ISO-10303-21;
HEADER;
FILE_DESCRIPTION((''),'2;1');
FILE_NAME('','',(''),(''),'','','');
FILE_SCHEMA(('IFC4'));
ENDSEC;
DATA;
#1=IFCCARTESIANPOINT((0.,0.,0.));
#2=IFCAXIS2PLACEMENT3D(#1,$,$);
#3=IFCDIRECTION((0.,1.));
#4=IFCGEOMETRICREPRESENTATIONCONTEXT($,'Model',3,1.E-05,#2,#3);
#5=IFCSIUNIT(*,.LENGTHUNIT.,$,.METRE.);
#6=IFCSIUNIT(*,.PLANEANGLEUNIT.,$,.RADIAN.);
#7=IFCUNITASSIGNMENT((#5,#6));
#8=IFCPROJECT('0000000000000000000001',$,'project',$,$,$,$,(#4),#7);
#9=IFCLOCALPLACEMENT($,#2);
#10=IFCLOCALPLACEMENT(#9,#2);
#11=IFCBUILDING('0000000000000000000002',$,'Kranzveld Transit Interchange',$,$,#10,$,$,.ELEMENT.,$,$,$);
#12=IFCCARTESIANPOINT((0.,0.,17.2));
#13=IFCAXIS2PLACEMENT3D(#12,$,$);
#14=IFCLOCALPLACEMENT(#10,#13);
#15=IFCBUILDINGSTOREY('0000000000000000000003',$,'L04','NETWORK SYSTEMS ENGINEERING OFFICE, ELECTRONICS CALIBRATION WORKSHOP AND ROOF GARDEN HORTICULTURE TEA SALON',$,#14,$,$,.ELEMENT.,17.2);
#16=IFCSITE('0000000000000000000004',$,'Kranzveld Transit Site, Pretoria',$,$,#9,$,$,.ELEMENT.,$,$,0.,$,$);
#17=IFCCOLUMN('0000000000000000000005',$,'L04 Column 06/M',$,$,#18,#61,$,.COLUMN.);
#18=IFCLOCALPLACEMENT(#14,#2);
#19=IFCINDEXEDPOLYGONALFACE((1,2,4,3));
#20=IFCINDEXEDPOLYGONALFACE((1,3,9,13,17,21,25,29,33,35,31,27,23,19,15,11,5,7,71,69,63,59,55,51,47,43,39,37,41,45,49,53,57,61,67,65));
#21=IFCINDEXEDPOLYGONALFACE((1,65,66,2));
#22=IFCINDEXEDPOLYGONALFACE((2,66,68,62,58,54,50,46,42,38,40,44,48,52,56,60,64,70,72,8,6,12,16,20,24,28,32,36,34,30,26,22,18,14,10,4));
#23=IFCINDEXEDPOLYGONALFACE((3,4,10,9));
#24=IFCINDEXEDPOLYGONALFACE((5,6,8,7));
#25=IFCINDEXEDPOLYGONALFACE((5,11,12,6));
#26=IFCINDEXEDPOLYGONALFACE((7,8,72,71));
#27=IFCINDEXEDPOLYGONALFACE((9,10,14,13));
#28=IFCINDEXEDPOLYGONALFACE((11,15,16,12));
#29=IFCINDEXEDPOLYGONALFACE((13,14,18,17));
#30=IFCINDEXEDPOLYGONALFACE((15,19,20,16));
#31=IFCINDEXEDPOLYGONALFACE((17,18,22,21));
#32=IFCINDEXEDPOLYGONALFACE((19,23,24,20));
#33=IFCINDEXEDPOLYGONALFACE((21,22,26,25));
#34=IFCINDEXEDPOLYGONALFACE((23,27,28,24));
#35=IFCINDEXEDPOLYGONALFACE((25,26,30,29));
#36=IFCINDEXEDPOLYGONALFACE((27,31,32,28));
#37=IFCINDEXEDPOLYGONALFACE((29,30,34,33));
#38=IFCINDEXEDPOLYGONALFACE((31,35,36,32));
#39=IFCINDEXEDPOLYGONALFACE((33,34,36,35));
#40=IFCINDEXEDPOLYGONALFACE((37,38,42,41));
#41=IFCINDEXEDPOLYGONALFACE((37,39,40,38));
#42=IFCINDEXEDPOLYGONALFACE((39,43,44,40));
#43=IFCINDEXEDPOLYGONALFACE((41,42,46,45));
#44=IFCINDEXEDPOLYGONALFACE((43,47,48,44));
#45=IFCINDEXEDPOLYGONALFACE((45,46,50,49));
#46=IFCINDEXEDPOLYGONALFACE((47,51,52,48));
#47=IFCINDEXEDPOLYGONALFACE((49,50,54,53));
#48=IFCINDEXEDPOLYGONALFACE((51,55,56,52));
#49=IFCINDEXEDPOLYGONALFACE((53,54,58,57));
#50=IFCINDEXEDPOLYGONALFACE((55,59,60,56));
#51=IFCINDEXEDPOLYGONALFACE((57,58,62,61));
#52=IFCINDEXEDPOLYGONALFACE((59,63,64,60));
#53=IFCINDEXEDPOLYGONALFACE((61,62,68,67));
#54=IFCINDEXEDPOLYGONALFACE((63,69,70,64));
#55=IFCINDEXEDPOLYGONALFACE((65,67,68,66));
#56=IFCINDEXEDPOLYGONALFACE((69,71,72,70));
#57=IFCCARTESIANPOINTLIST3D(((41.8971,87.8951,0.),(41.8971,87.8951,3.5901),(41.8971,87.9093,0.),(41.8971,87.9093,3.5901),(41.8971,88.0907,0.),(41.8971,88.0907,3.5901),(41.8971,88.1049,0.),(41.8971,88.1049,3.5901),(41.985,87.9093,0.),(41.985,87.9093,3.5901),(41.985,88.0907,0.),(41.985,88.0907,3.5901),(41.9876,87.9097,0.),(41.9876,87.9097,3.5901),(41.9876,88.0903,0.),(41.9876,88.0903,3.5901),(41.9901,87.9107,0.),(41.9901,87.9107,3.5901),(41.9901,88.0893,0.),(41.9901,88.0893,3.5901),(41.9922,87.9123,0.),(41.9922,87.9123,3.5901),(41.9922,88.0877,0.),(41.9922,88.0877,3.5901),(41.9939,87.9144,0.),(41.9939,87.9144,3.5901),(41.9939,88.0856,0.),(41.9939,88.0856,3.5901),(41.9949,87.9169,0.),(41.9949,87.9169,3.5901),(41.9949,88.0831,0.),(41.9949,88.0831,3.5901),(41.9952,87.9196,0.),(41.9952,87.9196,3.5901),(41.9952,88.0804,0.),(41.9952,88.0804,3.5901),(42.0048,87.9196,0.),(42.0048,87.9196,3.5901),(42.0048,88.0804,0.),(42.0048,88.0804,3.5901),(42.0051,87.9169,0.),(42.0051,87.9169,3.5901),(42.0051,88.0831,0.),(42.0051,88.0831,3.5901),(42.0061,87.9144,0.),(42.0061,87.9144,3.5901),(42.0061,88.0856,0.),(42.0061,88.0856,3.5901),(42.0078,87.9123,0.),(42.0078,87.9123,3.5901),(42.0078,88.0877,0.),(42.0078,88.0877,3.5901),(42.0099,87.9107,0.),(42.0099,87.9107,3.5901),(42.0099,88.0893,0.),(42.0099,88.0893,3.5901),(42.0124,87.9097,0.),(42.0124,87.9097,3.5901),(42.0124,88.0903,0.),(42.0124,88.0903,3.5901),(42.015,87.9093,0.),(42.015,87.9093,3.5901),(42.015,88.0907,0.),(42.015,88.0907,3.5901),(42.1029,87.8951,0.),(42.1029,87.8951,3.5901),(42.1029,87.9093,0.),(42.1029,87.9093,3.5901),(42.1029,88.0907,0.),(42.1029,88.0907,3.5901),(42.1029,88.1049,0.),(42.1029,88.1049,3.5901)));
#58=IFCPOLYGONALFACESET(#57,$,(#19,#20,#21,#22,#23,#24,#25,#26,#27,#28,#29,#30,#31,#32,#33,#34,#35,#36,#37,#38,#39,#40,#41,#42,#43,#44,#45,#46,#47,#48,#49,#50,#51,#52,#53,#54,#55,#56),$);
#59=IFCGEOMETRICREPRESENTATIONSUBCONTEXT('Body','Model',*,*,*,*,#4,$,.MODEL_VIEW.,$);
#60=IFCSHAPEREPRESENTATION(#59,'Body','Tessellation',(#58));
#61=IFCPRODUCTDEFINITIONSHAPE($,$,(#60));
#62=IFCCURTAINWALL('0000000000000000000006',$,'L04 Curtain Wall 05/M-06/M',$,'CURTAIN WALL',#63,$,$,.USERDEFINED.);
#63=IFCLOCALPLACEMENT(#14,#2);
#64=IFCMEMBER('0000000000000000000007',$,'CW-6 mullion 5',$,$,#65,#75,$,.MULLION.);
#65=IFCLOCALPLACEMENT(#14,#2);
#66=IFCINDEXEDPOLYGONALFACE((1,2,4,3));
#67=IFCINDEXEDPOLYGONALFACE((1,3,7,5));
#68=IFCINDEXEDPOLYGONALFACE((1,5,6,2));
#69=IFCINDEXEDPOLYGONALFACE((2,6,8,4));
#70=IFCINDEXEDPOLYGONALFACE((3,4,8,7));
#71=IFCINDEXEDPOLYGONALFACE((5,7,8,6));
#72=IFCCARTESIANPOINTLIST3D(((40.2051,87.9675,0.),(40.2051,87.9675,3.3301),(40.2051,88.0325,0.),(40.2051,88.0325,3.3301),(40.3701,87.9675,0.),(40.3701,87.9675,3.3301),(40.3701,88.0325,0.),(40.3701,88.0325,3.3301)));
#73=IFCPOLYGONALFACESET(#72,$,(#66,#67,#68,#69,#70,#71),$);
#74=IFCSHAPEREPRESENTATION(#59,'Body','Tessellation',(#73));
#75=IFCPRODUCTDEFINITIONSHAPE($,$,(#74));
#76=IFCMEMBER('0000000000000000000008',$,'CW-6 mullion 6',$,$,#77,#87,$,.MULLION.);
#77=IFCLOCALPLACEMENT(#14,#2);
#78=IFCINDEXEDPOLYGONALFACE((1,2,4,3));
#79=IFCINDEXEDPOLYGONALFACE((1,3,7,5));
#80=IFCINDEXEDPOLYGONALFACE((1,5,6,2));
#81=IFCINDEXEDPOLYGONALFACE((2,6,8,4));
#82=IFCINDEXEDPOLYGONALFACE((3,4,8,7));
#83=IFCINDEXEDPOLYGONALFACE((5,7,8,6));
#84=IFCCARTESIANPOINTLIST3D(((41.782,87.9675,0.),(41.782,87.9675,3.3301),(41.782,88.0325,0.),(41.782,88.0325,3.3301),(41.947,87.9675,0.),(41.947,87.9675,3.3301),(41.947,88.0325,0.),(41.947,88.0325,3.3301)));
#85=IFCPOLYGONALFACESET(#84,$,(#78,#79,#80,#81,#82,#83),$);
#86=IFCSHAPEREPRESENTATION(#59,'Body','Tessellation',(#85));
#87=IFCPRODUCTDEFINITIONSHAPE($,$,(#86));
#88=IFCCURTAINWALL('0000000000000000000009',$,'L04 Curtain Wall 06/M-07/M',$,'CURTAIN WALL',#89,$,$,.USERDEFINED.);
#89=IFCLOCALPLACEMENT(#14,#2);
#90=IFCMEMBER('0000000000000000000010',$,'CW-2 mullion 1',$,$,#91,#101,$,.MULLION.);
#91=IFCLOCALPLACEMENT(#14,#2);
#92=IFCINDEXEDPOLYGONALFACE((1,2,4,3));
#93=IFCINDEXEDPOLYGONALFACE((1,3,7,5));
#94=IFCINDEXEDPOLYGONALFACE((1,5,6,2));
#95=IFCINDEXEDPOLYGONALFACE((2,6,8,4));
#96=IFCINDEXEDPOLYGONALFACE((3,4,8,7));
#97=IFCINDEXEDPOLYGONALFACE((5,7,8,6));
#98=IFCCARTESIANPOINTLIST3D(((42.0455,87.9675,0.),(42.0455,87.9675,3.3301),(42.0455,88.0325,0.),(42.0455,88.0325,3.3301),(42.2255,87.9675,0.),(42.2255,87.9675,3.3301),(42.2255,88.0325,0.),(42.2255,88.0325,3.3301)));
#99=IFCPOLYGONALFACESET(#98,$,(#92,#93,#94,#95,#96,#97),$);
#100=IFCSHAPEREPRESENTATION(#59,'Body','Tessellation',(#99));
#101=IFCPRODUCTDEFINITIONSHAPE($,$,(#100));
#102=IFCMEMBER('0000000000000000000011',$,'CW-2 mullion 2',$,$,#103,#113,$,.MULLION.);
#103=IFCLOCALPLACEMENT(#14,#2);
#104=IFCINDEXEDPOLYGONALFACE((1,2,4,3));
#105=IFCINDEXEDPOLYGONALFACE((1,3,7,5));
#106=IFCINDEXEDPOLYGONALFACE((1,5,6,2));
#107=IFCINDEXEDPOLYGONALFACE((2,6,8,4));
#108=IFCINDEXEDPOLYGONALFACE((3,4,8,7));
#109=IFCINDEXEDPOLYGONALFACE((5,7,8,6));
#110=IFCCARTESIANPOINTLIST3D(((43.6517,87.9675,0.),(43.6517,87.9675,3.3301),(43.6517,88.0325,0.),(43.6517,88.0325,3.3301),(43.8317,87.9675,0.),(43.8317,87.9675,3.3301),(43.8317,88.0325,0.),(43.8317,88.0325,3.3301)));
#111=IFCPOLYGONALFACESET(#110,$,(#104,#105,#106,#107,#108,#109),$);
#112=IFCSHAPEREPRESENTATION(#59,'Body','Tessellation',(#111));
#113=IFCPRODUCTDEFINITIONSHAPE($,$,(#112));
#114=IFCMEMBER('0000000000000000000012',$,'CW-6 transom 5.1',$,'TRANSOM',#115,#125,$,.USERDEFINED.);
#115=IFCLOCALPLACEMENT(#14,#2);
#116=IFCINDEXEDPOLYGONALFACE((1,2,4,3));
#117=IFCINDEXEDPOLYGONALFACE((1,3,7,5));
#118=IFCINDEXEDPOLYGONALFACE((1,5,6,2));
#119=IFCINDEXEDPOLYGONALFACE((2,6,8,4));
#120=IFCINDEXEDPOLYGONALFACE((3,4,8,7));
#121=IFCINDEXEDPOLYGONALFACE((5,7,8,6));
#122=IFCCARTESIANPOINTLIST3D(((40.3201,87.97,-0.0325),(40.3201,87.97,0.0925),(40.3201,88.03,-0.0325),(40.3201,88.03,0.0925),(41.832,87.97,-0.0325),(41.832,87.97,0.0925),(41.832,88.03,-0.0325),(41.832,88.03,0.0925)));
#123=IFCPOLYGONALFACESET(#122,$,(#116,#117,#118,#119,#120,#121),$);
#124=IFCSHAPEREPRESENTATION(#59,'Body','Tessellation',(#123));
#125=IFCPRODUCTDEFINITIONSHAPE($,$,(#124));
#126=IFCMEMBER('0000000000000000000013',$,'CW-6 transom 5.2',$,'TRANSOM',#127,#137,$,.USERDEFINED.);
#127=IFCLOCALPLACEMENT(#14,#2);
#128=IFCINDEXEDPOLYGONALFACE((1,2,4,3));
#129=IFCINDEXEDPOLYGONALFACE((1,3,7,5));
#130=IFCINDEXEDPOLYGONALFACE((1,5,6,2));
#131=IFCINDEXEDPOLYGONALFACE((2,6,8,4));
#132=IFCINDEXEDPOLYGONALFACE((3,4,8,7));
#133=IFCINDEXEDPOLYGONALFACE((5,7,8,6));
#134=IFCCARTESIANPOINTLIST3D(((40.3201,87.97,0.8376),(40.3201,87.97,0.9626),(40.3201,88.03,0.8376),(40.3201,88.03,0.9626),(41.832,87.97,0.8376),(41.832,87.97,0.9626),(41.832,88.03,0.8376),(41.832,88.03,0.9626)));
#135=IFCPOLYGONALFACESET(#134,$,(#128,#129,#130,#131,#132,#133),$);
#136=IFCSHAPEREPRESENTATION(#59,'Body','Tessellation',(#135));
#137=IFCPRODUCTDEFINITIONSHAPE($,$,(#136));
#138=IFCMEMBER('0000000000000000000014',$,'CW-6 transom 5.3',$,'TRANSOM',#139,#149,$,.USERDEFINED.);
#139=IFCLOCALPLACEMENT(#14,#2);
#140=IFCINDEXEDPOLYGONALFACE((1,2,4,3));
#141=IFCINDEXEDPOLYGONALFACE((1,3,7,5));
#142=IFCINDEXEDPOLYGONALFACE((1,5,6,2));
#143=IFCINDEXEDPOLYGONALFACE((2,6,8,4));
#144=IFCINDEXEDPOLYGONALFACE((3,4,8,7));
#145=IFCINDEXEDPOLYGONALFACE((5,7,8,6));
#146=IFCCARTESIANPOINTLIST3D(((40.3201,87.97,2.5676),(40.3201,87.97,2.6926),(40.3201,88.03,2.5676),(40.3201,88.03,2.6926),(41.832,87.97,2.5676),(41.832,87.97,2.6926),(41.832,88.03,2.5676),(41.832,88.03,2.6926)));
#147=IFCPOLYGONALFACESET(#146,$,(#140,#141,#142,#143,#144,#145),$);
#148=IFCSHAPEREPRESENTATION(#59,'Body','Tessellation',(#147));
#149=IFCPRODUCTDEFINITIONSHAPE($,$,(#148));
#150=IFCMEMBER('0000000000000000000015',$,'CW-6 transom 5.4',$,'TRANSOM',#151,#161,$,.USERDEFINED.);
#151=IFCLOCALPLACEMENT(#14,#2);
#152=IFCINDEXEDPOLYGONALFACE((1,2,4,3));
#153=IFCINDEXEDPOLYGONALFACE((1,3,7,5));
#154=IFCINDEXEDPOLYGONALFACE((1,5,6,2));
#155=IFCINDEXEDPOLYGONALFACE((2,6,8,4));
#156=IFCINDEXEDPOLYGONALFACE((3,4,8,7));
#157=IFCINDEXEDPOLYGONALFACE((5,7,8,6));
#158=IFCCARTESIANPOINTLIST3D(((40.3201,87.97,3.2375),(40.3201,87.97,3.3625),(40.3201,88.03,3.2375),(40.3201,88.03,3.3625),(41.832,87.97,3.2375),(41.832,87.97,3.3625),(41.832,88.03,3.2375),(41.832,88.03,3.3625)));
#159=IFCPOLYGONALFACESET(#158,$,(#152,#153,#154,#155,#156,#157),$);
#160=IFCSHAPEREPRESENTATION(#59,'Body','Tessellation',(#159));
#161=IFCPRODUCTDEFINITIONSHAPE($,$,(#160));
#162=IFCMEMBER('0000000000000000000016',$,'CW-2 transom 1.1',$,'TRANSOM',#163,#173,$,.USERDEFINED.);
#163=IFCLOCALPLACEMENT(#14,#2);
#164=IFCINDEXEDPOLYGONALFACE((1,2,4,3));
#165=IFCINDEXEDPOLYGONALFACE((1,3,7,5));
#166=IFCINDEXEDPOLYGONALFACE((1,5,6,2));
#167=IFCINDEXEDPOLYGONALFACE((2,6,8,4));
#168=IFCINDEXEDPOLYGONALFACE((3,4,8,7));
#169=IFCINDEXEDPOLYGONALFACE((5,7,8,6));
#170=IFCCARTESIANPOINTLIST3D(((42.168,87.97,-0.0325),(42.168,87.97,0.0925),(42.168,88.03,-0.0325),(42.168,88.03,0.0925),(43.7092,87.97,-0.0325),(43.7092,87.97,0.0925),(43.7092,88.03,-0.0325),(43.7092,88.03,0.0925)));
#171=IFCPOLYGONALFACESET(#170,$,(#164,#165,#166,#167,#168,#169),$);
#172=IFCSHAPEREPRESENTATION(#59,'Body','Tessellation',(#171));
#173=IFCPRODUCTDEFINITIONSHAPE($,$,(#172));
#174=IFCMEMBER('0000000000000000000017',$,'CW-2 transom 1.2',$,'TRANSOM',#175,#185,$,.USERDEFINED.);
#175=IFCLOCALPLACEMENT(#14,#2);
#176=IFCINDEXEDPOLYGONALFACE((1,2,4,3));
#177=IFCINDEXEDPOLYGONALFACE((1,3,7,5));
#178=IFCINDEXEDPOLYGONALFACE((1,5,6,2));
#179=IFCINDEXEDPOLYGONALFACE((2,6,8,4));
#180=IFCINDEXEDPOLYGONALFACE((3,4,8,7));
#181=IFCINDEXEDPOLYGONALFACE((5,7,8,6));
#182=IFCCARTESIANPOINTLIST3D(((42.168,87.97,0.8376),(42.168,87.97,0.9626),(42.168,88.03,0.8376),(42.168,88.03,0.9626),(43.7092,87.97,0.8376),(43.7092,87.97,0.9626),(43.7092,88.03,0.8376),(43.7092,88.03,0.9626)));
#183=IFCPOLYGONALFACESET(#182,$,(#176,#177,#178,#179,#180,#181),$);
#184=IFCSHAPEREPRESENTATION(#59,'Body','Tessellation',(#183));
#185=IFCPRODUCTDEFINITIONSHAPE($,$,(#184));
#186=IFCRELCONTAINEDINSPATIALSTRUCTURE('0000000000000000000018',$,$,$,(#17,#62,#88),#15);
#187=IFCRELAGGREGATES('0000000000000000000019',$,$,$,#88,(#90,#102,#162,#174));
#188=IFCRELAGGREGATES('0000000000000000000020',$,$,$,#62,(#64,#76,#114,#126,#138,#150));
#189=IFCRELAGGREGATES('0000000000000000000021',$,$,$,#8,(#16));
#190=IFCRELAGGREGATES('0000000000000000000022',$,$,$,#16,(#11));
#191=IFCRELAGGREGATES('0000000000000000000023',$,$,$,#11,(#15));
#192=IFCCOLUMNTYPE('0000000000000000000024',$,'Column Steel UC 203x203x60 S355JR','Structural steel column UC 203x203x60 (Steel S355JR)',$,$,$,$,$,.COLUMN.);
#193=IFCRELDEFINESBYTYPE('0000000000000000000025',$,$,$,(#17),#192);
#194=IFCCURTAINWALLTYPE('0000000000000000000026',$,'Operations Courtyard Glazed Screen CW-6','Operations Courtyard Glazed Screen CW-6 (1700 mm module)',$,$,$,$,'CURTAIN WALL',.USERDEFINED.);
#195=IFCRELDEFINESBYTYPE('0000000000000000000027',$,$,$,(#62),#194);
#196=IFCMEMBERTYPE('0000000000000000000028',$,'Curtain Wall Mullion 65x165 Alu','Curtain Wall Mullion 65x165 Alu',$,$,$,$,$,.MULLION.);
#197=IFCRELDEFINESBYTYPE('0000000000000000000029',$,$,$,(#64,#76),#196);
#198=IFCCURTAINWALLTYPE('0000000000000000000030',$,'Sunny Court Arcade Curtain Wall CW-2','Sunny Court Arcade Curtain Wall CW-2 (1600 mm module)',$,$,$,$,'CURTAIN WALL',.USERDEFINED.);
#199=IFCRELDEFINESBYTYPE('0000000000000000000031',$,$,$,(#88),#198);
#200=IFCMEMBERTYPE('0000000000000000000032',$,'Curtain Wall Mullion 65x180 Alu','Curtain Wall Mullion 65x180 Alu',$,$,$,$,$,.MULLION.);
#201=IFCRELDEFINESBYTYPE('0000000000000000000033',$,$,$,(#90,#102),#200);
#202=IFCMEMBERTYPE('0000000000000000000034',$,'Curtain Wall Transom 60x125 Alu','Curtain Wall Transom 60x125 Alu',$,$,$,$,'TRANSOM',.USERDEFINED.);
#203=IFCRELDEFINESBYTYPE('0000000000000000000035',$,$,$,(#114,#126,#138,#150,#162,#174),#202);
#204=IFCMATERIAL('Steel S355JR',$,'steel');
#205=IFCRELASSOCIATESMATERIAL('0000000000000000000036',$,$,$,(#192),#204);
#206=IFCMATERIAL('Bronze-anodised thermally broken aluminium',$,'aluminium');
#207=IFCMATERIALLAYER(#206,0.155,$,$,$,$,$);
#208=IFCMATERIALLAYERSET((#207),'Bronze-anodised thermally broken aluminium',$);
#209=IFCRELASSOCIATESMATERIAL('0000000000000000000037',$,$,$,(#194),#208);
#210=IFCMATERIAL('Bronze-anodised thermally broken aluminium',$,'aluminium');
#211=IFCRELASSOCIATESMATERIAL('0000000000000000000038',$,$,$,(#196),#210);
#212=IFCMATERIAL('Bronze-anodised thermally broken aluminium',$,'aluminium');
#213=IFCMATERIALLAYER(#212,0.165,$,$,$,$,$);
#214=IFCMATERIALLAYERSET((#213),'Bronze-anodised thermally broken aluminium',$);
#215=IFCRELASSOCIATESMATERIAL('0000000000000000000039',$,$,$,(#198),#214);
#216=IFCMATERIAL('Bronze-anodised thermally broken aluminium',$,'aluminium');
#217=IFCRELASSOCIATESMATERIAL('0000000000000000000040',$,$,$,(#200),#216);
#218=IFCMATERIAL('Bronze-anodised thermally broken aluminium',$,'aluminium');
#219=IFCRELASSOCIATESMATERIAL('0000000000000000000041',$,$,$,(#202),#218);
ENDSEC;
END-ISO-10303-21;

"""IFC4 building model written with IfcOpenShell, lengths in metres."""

from ifc_helpers import new_model, si_unit, direction, frame, origin, origin_2d, place, context, subcontext, project, spatial, rectangle, i_section, extrude, material, layer, layer_set, material_profile, profile_set, type_object, element, aggregate, save


model = new_model("IFC4")

# Units and contexts
model_context = context("Model", 3, precision=1e-05, world=origin(), true_north=direction((0.0, 1.0)))
body_context = subcontext(model_context, "Body", "Model", "MODEL_VIEW")
ifc_project = project(units=[si_unit("LENGTHUNIT", "METRE"), si_unit("PLANEANGLEUNIT", "RADIAN")], contexts=[model_context])

# Site, building, storey
site_placement = place(None, origin())
site = spatial("IfcSite", under=ifc_project, at=site_placement, Name="Kranzveld Transit Site, Pretoria", CompositionType="ELEMENT", RefElevation=0.0)
building_placement = place(site_placement, origin())
building = spatial("IfcBuilding", under=site, at=building_placement, Name="Kranzveld Transit Interchange", CompositionType="ELEMENT")
storey_placement = place(building_placement, frame((0.0, 0.0, 17.2)))
storey = spatial("IfcBuildingStorey", under=building, at=storey_placement, Name="L04", Description="NETWORK SYSTEMS ENGINEERING OFFICE, ELECTRONICS CALIBRATION WORKSHOP AND ROOF GARDEN HORTICULTURE TEA SALON", CompositionType="ELEMENT", Elevation=17.2)

# Column
ifc_material_1 = material(Name="Steel S355JR", Category="steel")
ifc_material_profile_1 = material_profile(ifc_material_1, i_section(OverallWidth=0.2058, OverallDepth=0.2097, WebThickness=0.0095, FlangeThickness=0.0142, FilletRadius=0.0103, at=origin_2d()), Name="UC 203x203x60")
ifc_profile_set_1 = profile_set([ifc_material_profile_1], Name="Steel S355JR")
column_type = type_object("IfcColumnType", Name="Column Steel UC 203x203x60 S355JR", Description="Structural steel column UC 203x203x60 (Steel S355JR)", PredefinedType="COLUMN", material=ifc_profile_set_1)
column_placement = place(storey_placement, frame((42.0, 88.0, 0.0), z_axis=(0.0, 0.0, 1.0), x_axis=(1.0, 0.0, 0.0)))
element("IfcColumn", 1, at=column_placement, inside=storey, type_object=column_type, Name="L04 Column 06/M", PredefinedType="COLUMN", context=body_context, shape_type="SweptSolid", body=[
    extrude(i_section(OverallWidth=0.2058, OverallDepth=0.2097, WebThickness=0.0095, FlangeThickness=0.0142, FilletRadius=0.0103, at=origin_2d()), origin(), (0.0, 0.0, 1.0), 3.5901),
])

# Curtain walls, members
ifc_material_2 = material(Name="Bronze-anodised thermally broken aluminium", Category="aluminium")
ifc_layer_1 = layer(ifc_material_2, 0.155)
ifc_layer_set_1 = layer_set([ifc_layer_1], Name="Bronze-anodised thermally broken aluminium")
curtain_wall_type_1 = type_object("IfcCurtainWallType", Name="Operations Courtyard Glazed Screen CW-6", Description="Operations Courtyard Glazed Screen CW-6 (1700 mm module)", ElementType="CURTAIN WALL", PredefinedType="USERDEFINED", material=ifc_layer_set_1)
curtain_wall_1_placement = place(storey_placement, origin())
curtain_wall_1 = element("IfcCurtainWall", 2, at=curtain_wall_1_placement, inside=storey, type_object=curtain_wall_type_1, Name="L04 Curtain Wall 05/M-06/M", ObjectType="CURTAIN WALL", PredefinedType="USERDEFINED")
ifc_material_3 = material(Name="Bronze-anodised thermally broken aluminium", Category="aluminium")
ifc_material_profile_2 = material_profile(ifc_material_3, rectangle(XDim=0.0649, YDim=0.165, at=origin_2d()), Name="ALU MULLION 65x165")
ifc_profile_set_2 = profile_set([ifc_material_profile_2], Name="Bronze-anodised thermally broken aluminium")
member_type_1 = type_object("IfcMemberType", Name="Curtain Wall Mullion 65x165 Alu", Description="Curtain Wall Mullion 65x165 Alu", PredefinedType="MULLION", material=ifc_profile_set_2)
member_1_placement = place(storey_placement, frame((40.2876, 88.0, 0.0), z_axis=(0.0, 0.0, 1.0), x_axis=(0.0, 1.0, 0.0)))
member_1 = element("IfcMember", 3, at=member_1_placement, type_object=member_type_1, Name="CW-6 mullion 5", PredefinedType="MULLION", context=body_context, shape_type="SweptSolid", body=[
    extrude(rectangle(XDim=0.0649, YDim=0.165, at=origin_2d()), origin(), (0.0, 0.0, 1.0), 3.3301),
])
member_2_placement = place(storey_placement, frame((41.8645, 88.0, 0.0), z_axis=(0.0, 0.0, 1.0), x_axis=(0.0, 1.0, 0.0)))
member_2 = element("IfcMember", 4, at=member_2_placement, type_object=member_type_1, Name="CW-6 mullion 6", PredefinedType="MULLION", context=body_context, shape_type="SweptSolid", body=[
    extrude(rectangle(XDim=0.0649, YDim=0.165, at=origin_2d()), origin(), (0.0, 0.0, 1.0), 3.3301),
])
ifc_material_4 = material(Name="Bronze-anodised thermally broken aluminium", Category="aluminium")
ifc_layer_2 = layer(ifc_material_4, 0.165)
ifc_layer_set_2 = layer_set([ifc_layer_2], Name="Bronze-anodised thermally broken aluminium")
curtain_wall_type_2 = type_object("IfcCurtainWallType", Name="Sunny Court Arcade Curtain Wall CW-2", Description="Sunny Court Arcade Curtain Wall CW-2 (1600 mm module)", ElementType="CURTAIN WALL", PredefinedType="USERDEFINED", material=ifc_layer_set_2)
curtain_wall_2_placement = place(storey_placement, origin())
curtain_wall_2 = element("IfcCurtainWall", 5, at=curtain_wall_2_placement, inside=storey, type_object=curtain_wall_type_2, Name="L04 Curtain Wall 06/M-07/M", ObjectType="CURTAIN WALL", PredefinedType="USERDEFINED")
ifc_material_5 = material(Name="Bronze-anodised thermally broken aluminium", Category="aluminium")
ifc_material_profile_3 = material_profile(ifc_material_5, rectangle(XDim=0.0649, YDim=0.1799, at=origin_2d()), Name="ALU MULLION 65x180")
ifc_profile_set_3 = profile_set([ifc_material_profile_3], Name="Bronze-anodised thermally broken aluminium")
member_type_2 = type_object("IfcMemberType", Name="Curtain Wall Mullion 65x180 Alu", Description="Curtain Wall Mullion 65x180 Alu", PredefinedType="MULLION", material=ifc_profile_set_3)
member_3_placement = place(storey_placement, frame((42.1355, 88.0, 0.0), z_axis=(0.0, 0.0, 1.0), x_axis=(0.0, 1.0, 0.0)))
member_3 = element("IfcMember", 6, at=member_3_placement, type_object=member_type_2, Name="CW-2 mullion 1", PredefinedType="MULLION", context=body_context, shape_type="SweptSolid", body=[
    extrude(rectangle(XDim=0.0649, YDim=0.1799, at=origin_2d()), origin(), (0.0, 0.0, 1.0), 3.3301),
])
member_4_placement = place(storey_placement, frame((43.7417, 88.0, 0.0), z_axis=(0.0, 0.0, 1.0), x_axis=(0.0, 1.0, 0.0)))
member_4 = element("IfcMember", 7, at=member_4_placement, type_object=member_type_2, Name="CW-2 mullion 2", PredefinedType="MULLION", context=body_context, shape_type="SweptSolid", body=[
    extrude(rectangle(XDim=0.0649, YDim=0.1799, at=origin_2d()), origin(), (0.0, 0.0, 1.0), 3.3301),
])

# Members
ifc_material_6 = material(Name="Bronze-anodised thermally broken aluminium", Category="aluminium")
ifc_material_profile_4 = material_profile(ifc_material_6, rectangle(XDim=0.0601, YDim=0.125, at=origin_2d()), Name="ALU TRANSOM 60x125")
ifc_profile_set_4 = profile_set([ifc_material_profile_4], Name="Bronze-anodised thermally broken aluminium")
member_type_3 = type_object("IfcMemberType", Name="Curtain Wall Transom 60x125 Alu", Description="Curtain Wall Transom 60x125 Alu", ElementType="TRANSOM", PredefinedType="USERDEFINED", material=ifc_profile_set_4)
member_5_placement = place(storey_placement, frame((40.3201, 88.0, 0.03), z_axis=(1.0, 0.0, 0.0), x_axis=(0.0, 1.0, 0.0)))
member_5 = element("IfcMember", 8, at=member_5_placement, type_object=member_type_3, Name="CW-6 transom 5.1", ObjectType="TRANSOM", PredefinedType="USERDEFINED", context=body_context, shape_type="SweptSolid", body=[
    extrude(rectangle(XDim=0.0601, YDim=0.125, at=origin_2d()), origin(), (0.0, 0.0, 1.0), 1.512),
])
member_6_placement = place(storey_placement, frame((40.3201, 88.0, 0.9001), z_axis=(1.0, 0.0, 0.0), x_axis=(0.0, 1.0, 0.0)))
member_6 = element("IfcMember", 9, at=member_6_placement, type_object=member_type_3, Name="CW-6 transom 5.2", ObjectType="TRANSOM", PredefinedType="USERDEFINED", context=body_context, shape_type="SweptSolid", body=[
    extrude(rectangle(XDim=0.0601, YDim=0.125, at=origin_2d()), origin(), (0.0, 0.0, 1.0), 1.512),
])
member_7_placement = place(storey_placement, frame((40.3201, 88.0, 2.6301), z_axis=(1.0, 0.0, 0.0), x_axis=(0.0, 1.0, 0.0)))
member_7 = element("IfcMember", 10, at=member_7_placement, type_object=member_type_3, Name="CW-6 transom 5.3", ObjectType="TRANSOM", PredefinedType="USERDEFINED", context=body_context, shape_type="SweptSolid", body=[
    extrude(rectangle(XDim=0.0601, YDim=0.125, at=origin_2d()), origin(), (0.0, 0.0, 1.0), 1.512),
])
member_8_placement = place(storey_placement, frame((40.3201, 88.0, 3.3), z_axis=(1.0, 0.0, 0.0), x_axis=(0.0, 1.0, 0.0)))
member_8 = element("IfcMember", 11, at=member_8_placement, type_object=member_type_3, Name="CW-6 transom 5.4", ObjectType="TRANSOM", PredefinedType="USERDEFINED", context=body_context, shape_type="SweptSolid", body=[
    extrude(rectangle(XDim=0.0601, YDim=0.125, at=origin_2d()), origin(), (0.0, 0.0, 1.0), 1.512),
])
member_9_placement = place(storey_placement, frame((42.168, 88.0, 0.03), z_axis=(1.0, 0.0, 0.0), x_axis=(0.0, 1.0, 0.0)))
member_9 = element("IfcMember", 12, at=member_9_placement, type_object=member_type_3, Name="CW-2 transom 1.1", ObjectType="TRANSOM", PredefinedType="USERDEFINED", context=body_context, shape_type="SweptSolid", body=[
    extrude(rectangle(XDim=0.0601, YDim=0.125, at=origin_2d()), origin(), (0.0, 0.0, 1.0), 1.5413),
])
member_10_placement = place(storey_placement, frame((42.168, 88.0, 0.9001), z_axis=(1.0, 0.0, 0.0), x_axis=(0.0, 1.0, 0.0)))
member_10 = element("IfcMember", 13, at=member_10_placement, type_object=member_type_3, Name="CW-2 transom 1.2", ObjectType="TRANSOM", PredefinedType="USERDEFINED", context=body_context, shape_type="SweptSolid", body=[
    extrude(rectangle(XDim=0.0601, YDim=0.125, at=origin_2d()), origin(), (0.0, 0.0, 1.0), 1.5413),
])

aggregate(curtain_wall_2, [member_3, member_4, member_9, member_10])
aggregate(curtain_wall_1, [member_1, member_2, member_5, member_6, member_7, member_8])

save(model, "model.ifc")
